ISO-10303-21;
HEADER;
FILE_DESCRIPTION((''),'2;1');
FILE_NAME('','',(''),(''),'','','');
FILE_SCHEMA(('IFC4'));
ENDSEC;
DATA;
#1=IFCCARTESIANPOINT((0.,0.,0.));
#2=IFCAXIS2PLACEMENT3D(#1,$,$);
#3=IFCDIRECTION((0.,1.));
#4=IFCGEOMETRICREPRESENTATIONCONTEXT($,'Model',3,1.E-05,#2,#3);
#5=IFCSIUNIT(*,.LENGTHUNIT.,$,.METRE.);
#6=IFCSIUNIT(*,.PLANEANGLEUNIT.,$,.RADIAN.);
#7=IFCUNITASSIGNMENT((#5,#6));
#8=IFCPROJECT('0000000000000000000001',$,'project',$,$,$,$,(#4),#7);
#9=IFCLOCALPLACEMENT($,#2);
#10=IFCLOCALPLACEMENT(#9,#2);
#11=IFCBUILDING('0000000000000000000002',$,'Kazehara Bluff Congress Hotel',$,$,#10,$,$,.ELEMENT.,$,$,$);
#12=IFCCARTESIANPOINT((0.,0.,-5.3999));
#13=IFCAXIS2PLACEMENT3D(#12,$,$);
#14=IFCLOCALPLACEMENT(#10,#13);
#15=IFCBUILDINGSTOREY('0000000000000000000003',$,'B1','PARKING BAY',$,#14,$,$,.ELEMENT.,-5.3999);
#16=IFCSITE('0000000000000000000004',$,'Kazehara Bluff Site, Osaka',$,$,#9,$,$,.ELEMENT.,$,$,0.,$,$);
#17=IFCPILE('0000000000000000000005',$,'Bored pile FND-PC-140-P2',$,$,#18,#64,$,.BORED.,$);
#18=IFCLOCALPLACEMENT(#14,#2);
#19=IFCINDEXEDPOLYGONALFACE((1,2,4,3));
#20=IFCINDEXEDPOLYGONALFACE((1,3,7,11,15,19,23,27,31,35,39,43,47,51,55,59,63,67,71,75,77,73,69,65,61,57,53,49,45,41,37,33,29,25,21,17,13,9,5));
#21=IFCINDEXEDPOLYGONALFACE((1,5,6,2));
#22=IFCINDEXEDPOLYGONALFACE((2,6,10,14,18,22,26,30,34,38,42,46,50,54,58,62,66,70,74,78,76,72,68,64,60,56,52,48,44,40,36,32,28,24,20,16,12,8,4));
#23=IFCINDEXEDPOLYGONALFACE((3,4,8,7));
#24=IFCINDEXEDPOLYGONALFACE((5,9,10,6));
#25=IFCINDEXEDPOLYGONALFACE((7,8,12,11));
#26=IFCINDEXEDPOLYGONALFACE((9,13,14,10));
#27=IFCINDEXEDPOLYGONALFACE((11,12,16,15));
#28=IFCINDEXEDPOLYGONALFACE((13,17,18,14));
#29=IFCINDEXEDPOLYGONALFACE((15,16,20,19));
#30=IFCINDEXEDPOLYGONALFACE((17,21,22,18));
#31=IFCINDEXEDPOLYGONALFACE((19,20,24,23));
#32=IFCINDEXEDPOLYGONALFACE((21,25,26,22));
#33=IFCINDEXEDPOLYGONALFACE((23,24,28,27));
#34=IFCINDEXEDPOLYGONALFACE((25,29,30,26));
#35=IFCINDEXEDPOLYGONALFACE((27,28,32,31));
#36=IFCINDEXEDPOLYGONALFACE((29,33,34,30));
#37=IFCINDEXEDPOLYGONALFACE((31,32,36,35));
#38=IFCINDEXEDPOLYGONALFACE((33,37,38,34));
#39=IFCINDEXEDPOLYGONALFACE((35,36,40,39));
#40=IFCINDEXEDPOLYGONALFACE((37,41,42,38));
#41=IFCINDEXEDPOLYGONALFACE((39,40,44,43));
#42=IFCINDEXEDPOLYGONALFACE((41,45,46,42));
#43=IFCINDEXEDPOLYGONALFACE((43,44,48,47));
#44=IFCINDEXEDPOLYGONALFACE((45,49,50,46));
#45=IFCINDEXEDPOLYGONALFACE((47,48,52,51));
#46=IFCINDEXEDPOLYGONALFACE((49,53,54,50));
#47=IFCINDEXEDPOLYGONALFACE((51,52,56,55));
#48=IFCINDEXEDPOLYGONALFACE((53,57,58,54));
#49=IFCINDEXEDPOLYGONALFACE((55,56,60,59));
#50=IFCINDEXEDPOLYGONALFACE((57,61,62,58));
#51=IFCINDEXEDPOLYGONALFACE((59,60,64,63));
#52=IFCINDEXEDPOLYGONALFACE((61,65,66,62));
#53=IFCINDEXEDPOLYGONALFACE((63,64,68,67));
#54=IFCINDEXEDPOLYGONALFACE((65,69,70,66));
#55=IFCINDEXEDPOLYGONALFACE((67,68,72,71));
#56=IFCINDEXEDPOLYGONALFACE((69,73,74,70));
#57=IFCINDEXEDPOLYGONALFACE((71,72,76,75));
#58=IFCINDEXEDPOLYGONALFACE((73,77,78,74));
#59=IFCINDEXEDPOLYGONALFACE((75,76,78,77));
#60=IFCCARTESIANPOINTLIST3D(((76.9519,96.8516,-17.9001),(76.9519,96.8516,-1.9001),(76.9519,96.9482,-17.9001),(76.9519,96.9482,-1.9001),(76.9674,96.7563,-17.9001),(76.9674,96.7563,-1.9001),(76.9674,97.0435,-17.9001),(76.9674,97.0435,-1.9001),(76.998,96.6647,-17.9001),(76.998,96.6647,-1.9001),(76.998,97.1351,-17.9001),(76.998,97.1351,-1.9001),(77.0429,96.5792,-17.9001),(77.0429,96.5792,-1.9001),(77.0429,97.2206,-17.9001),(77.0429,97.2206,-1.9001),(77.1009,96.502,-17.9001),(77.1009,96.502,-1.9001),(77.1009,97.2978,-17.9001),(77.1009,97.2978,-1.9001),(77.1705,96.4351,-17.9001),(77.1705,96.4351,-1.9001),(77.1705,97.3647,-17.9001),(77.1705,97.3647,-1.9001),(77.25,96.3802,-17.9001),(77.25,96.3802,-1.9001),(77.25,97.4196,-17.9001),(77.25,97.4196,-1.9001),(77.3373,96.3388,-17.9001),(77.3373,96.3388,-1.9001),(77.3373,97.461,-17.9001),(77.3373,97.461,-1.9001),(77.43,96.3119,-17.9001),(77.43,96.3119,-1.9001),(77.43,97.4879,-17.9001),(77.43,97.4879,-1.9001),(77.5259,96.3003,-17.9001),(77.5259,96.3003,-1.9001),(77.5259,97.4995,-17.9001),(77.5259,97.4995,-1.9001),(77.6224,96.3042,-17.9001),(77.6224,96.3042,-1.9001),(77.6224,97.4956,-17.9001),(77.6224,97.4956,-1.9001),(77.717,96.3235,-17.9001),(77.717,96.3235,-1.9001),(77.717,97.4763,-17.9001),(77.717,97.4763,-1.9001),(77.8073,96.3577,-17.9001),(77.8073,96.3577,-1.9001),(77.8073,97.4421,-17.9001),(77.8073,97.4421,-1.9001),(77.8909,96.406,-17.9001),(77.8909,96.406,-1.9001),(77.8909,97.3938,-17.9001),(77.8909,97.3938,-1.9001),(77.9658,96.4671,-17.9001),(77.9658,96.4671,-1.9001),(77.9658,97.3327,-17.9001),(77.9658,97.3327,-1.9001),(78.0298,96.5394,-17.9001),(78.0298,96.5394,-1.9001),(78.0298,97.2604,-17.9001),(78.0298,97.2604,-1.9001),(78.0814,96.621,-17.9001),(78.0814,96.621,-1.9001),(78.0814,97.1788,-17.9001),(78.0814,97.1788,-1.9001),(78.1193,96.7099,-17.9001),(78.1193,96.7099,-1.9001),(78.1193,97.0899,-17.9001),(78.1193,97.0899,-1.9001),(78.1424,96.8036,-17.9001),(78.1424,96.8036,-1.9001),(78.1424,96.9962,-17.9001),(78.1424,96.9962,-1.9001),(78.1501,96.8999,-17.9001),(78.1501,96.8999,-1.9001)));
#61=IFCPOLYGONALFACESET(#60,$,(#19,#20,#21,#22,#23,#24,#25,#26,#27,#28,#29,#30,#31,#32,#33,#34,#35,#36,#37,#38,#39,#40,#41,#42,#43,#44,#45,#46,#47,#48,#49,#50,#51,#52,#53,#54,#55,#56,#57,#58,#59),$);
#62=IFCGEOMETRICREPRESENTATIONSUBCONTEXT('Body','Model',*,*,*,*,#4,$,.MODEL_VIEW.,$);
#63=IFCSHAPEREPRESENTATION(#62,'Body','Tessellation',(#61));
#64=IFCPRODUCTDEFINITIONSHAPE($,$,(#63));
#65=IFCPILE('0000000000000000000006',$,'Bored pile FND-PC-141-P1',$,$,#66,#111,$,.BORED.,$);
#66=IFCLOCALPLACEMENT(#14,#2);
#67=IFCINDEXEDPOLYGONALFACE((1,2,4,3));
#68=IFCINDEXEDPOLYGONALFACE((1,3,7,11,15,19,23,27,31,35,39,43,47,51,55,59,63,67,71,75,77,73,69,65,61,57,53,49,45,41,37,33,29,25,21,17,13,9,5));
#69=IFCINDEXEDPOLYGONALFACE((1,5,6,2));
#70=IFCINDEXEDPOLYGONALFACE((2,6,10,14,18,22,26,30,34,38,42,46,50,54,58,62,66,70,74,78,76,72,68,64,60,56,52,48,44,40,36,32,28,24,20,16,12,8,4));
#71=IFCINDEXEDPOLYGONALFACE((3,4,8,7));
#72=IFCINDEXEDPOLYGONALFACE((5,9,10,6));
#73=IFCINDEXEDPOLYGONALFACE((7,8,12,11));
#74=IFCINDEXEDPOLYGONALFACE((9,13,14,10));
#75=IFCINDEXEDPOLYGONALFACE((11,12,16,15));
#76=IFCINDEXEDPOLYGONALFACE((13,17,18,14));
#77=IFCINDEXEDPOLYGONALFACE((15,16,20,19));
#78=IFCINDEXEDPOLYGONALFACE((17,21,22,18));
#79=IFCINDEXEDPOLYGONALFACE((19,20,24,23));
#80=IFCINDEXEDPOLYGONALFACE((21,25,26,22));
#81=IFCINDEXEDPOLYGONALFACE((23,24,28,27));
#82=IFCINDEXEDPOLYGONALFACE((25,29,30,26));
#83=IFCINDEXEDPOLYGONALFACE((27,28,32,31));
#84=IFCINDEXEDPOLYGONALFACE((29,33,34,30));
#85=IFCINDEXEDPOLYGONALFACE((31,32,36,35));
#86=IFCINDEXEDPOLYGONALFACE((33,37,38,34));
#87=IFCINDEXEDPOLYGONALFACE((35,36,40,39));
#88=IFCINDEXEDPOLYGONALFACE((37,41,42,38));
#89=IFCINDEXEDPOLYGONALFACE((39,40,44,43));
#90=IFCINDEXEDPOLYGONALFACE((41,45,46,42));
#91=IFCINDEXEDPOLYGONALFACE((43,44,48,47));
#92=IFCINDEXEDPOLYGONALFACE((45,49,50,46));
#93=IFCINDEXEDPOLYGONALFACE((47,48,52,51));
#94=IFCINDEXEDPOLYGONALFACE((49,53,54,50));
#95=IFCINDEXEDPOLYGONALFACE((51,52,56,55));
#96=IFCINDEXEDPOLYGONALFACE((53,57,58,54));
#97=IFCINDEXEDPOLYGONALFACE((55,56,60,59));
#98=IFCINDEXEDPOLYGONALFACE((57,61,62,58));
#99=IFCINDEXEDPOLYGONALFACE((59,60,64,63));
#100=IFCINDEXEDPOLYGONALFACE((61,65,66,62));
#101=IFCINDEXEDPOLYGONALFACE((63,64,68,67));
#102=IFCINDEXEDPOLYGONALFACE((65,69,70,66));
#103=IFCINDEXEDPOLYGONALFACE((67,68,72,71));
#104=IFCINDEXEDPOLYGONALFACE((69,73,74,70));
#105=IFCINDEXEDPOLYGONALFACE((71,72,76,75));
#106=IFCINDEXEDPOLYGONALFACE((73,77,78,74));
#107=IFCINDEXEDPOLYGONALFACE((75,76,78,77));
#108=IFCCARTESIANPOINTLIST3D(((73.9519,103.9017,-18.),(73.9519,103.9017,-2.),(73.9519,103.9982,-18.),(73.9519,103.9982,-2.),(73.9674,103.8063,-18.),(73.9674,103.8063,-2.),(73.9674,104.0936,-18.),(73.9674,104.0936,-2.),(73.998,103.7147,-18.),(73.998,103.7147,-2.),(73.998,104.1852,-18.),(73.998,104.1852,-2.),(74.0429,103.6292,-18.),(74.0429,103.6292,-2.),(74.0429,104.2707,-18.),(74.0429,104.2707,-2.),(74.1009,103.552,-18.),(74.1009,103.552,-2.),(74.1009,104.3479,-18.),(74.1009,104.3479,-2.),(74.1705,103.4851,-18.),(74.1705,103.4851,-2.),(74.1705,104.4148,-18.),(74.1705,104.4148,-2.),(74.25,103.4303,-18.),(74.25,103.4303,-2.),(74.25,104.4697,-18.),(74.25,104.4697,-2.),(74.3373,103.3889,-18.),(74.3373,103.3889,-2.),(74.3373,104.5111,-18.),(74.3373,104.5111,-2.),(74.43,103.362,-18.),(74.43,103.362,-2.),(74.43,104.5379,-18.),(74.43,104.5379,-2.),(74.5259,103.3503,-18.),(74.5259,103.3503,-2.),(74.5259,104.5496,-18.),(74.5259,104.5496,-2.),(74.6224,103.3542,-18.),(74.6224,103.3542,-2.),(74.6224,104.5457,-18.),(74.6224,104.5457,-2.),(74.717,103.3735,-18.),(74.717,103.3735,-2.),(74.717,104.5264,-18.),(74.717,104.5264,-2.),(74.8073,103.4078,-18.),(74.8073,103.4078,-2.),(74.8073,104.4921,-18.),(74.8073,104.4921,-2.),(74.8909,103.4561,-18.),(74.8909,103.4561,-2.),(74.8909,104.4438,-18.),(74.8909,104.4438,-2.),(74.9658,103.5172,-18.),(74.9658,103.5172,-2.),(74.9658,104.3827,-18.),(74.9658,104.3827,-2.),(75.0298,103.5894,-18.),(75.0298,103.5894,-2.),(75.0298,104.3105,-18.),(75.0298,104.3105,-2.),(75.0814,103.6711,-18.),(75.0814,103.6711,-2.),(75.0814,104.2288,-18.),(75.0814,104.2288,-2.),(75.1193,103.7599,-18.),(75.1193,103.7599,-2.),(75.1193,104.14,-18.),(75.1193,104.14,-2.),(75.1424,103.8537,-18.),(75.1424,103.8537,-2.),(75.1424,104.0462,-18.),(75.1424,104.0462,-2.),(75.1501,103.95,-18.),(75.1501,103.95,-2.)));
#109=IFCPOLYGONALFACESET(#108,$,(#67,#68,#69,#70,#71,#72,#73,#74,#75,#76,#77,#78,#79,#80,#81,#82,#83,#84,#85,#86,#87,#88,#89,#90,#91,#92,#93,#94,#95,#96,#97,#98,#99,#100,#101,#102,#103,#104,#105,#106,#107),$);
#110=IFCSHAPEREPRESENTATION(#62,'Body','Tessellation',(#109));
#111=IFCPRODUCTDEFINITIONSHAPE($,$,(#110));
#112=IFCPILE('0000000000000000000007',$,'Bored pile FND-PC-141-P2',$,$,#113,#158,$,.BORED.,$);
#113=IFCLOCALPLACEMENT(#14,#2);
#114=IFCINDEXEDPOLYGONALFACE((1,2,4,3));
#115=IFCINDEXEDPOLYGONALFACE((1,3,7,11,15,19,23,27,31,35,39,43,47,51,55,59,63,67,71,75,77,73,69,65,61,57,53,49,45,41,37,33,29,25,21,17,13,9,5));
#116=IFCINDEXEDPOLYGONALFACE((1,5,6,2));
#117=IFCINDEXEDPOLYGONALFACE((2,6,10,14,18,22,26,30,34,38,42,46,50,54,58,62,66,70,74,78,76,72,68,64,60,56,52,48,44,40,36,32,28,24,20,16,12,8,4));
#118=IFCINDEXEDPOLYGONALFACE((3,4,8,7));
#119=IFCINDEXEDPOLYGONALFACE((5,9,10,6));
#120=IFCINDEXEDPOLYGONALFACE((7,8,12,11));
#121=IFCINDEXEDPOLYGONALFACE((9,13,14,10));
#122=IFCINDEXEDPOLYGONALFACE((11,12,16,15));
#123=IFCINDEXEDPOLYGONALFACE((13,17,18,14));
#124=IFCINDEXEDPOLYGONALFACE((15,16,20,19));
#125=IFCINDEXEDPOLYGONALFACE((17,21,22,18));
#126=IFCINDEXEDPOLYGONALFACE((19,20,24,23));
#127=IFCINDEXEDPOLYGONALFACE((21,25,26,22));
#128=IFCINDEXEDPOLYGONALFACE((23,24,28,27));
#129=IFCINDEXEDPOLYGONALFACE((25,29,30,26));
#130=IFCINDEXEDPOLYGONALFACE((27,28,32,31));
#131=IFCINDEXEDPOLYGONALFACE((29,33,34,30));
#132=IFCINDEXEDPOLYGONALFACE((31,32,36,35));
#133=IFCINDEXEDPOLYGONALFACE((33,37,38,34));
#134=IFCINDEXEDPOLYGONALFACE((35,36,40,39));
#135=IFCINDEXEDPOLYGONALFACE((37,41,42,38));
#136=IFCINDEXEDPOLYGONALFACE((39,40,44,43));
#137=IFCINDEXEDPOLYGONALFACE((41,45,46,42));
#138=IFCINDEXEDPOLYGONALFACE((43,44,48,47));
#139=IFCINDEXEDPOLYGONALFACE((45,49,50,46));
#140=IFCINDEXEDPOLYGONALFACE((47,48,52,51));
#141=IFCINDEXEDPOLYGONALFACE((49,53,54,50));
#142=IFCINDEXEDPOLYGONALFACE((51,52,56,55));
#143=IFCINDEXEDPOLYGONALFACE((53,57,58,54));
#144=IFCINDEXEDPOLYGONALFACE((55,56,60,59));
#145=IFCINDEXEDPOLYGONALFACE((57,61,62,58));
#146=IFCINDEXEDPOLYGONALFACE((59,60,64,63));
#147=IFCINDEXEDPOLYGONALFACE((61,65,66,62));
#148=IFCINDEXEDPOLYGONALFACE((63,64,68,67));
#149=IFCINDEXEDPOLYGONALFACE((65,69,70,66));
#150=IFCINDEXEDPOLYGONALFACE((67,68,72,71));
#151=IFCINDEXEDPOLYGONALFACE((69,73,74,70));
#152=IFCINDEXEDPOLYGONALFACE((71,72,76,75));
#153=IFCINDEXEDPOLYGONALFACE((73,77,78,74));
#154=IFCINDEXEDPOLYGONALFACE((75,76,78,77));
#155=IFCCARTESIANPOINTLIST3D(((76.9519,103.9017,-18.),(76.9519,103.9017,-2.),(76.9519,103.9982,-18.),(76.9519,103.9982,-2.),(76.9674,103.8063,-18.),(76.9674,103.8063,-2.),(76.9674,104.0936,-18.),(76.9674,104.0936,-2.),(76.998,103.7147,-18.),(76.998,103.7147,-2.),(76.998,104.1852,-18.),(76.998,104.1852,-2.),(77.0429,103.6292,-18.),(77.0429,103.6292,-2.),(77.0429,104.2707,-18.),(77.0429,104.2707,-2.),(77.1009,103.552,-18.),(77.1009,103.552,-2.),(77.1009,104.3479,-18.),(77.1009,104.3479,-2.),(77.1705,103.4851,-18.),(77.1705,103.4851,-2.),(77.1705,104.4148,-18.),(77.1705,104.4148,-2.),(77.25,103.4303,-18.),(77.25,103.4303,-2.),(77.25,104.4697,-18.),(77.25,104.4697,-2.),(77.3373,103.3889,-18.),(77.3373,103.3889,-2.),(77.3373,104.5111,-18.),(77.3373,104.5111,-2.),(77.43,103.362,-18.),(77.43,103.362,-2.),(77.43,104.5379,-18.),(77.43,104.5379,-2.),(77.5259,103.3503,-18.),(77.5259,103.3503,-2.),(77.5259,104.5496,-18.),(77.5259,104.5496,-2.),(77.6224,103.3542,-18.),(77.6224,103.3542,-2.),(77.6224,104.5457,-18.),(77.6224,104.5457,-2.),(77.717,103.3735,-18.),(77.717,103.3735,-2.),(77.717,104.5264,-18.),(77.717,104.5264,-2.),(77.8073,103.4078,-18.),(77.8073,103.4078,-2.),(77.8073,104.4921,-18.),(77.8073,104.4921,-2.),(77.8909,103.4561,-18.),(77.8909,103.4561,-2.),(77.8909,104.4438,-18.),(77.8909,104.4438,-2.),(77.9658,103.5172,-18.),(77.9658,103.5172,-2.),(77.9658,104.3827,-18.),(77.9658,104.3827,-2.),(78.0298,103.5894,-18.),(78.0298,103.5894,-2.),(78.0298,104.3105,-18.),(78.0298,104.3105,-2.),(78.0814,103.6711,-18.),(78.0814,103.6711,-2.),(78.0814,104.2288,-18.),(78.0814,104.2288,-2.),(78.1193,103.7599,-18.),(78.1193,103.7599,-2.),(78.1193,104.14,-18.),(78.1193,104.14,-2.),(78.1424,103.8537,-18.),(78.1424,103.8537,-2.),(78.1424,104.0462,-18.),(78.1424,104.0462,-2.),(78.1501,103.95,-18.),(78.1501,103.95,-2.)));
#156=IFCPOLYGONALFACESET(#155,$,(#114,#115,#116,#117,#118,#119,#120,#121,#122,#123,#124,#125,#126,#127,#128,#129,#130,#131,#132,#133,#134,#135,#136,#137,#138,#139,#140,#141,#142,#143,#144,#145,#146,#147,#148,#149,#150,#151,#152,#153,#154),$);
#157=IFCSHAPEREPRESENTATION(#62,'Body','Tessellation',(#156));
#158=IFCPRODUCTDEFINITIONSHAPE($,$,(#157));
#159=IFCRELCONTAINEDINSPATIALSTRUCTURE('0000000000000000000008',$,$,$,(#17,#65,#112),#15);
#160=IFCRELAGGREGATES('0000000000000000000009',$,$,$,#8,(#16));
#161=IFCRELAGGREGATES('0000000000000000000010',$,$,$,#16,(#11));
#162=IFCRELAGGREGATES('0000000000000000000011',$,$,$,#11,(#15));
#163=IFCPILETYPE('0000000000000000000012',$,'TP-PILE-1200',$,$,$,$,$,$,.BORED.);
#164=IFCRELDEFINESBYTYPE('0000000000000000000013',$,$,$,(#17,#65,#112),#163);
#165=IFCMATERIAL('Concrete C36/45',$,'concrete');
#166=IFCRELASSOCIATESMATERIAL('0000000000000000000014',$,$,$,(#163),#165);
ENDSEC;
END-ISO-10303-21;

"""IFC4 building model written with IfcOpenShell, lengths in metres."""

from ifc_helpers import new_model, si_unit, direction, frame, origin, origin_2d, place, context, subcontext, project, spatial, circle, extrude, material, material_profile, profile_set, type_object, element, save


model = new_model("IFC4")

# Units and contexts
model_context = context("Model", 3, precision=1e-05, world=origin(), true_north=direction((0.0, 1.0)))
body_context = subcontext(model_context, "Body", "Model", "MODEL_VIEW")
ifc_project = project(units=[si_unit("LENGTHUNIT", "METRE"), si_unit("PLANEANGLEUNIT", "RADIAN")], contexts=[model_context])

# Site, building, storey
site_placement = place(None, origin())
site = spatial("IfcSite", under=ifc_project, at=site_placement, Name="Kazehara Bluff Site, Osaka", CompositionType="ELEMENT", RefElevation=0.0)
building_placement = place(site_placement, origin())
building = spatial("IfcBuilding", under=site, at=building_placement, Name="Kazehara Bluff Congress Hotel", CompositionType="ELEMENT")
storey_placement = place(building_placement, frame((0.0, 0.0, -5.3999)))
storey = spatial("IfcBuildingStorey", under=building, at=storey_placement, Name="B1", Description="PARKING BAY", CompositionType="ELEMENT", Elevation=-5.3999)

# Piles
ifc_material_1 = material(Name="Concrete C36/45", Category="concrete")
ifc_material_profile_1 = material_profile(ifc_material_1, circle(Radius=0.6001, at=origin_2d()))
ifc_profile_set_1 = profile_set([ifc_material_profile_1], Name="Concrete C36/45")
pile_type = type_object("IfcPileType", Name="TP-PILE-1200", PredefinedType="BORED", material=ifc_profile_set_1)
for number, where, z_axis, x_axis, name in (
    (1, (77.55, 96.8999, -1.9001), (0.0, 0.0, -1.0), (1.0, 0.0, 0.0), "Bored pile FND-PC-140-P2"),
    (2, (74.55, 103.95, -2.0), (0.0, 0.0, -1.0), (1.0, 0.0, 0.0), "Bored pile FND-PC-141-P1"),
    (3, (77.55, 103.95, -2.0), (0.0, 0.0, -1.0), (1.0, 0.0, 0.0), "Bored pile FND-PC-141-P2"),
):
    element("IfcPile", number, at=place(storey_placement, frame(where, z_axis=z_axis, x_axis=x_axis)), inside=storey, type_object=pile_type, Name=name, PredefinedType="BORED", context=body_context, shape_type="SweptSolid", body=[
        extrude(circle(Radius=0.6001, at=origin_2d()), origin(), (0.0, 0.0, 1.0), 16.0),
    ])

save(model, "model.ifc")
